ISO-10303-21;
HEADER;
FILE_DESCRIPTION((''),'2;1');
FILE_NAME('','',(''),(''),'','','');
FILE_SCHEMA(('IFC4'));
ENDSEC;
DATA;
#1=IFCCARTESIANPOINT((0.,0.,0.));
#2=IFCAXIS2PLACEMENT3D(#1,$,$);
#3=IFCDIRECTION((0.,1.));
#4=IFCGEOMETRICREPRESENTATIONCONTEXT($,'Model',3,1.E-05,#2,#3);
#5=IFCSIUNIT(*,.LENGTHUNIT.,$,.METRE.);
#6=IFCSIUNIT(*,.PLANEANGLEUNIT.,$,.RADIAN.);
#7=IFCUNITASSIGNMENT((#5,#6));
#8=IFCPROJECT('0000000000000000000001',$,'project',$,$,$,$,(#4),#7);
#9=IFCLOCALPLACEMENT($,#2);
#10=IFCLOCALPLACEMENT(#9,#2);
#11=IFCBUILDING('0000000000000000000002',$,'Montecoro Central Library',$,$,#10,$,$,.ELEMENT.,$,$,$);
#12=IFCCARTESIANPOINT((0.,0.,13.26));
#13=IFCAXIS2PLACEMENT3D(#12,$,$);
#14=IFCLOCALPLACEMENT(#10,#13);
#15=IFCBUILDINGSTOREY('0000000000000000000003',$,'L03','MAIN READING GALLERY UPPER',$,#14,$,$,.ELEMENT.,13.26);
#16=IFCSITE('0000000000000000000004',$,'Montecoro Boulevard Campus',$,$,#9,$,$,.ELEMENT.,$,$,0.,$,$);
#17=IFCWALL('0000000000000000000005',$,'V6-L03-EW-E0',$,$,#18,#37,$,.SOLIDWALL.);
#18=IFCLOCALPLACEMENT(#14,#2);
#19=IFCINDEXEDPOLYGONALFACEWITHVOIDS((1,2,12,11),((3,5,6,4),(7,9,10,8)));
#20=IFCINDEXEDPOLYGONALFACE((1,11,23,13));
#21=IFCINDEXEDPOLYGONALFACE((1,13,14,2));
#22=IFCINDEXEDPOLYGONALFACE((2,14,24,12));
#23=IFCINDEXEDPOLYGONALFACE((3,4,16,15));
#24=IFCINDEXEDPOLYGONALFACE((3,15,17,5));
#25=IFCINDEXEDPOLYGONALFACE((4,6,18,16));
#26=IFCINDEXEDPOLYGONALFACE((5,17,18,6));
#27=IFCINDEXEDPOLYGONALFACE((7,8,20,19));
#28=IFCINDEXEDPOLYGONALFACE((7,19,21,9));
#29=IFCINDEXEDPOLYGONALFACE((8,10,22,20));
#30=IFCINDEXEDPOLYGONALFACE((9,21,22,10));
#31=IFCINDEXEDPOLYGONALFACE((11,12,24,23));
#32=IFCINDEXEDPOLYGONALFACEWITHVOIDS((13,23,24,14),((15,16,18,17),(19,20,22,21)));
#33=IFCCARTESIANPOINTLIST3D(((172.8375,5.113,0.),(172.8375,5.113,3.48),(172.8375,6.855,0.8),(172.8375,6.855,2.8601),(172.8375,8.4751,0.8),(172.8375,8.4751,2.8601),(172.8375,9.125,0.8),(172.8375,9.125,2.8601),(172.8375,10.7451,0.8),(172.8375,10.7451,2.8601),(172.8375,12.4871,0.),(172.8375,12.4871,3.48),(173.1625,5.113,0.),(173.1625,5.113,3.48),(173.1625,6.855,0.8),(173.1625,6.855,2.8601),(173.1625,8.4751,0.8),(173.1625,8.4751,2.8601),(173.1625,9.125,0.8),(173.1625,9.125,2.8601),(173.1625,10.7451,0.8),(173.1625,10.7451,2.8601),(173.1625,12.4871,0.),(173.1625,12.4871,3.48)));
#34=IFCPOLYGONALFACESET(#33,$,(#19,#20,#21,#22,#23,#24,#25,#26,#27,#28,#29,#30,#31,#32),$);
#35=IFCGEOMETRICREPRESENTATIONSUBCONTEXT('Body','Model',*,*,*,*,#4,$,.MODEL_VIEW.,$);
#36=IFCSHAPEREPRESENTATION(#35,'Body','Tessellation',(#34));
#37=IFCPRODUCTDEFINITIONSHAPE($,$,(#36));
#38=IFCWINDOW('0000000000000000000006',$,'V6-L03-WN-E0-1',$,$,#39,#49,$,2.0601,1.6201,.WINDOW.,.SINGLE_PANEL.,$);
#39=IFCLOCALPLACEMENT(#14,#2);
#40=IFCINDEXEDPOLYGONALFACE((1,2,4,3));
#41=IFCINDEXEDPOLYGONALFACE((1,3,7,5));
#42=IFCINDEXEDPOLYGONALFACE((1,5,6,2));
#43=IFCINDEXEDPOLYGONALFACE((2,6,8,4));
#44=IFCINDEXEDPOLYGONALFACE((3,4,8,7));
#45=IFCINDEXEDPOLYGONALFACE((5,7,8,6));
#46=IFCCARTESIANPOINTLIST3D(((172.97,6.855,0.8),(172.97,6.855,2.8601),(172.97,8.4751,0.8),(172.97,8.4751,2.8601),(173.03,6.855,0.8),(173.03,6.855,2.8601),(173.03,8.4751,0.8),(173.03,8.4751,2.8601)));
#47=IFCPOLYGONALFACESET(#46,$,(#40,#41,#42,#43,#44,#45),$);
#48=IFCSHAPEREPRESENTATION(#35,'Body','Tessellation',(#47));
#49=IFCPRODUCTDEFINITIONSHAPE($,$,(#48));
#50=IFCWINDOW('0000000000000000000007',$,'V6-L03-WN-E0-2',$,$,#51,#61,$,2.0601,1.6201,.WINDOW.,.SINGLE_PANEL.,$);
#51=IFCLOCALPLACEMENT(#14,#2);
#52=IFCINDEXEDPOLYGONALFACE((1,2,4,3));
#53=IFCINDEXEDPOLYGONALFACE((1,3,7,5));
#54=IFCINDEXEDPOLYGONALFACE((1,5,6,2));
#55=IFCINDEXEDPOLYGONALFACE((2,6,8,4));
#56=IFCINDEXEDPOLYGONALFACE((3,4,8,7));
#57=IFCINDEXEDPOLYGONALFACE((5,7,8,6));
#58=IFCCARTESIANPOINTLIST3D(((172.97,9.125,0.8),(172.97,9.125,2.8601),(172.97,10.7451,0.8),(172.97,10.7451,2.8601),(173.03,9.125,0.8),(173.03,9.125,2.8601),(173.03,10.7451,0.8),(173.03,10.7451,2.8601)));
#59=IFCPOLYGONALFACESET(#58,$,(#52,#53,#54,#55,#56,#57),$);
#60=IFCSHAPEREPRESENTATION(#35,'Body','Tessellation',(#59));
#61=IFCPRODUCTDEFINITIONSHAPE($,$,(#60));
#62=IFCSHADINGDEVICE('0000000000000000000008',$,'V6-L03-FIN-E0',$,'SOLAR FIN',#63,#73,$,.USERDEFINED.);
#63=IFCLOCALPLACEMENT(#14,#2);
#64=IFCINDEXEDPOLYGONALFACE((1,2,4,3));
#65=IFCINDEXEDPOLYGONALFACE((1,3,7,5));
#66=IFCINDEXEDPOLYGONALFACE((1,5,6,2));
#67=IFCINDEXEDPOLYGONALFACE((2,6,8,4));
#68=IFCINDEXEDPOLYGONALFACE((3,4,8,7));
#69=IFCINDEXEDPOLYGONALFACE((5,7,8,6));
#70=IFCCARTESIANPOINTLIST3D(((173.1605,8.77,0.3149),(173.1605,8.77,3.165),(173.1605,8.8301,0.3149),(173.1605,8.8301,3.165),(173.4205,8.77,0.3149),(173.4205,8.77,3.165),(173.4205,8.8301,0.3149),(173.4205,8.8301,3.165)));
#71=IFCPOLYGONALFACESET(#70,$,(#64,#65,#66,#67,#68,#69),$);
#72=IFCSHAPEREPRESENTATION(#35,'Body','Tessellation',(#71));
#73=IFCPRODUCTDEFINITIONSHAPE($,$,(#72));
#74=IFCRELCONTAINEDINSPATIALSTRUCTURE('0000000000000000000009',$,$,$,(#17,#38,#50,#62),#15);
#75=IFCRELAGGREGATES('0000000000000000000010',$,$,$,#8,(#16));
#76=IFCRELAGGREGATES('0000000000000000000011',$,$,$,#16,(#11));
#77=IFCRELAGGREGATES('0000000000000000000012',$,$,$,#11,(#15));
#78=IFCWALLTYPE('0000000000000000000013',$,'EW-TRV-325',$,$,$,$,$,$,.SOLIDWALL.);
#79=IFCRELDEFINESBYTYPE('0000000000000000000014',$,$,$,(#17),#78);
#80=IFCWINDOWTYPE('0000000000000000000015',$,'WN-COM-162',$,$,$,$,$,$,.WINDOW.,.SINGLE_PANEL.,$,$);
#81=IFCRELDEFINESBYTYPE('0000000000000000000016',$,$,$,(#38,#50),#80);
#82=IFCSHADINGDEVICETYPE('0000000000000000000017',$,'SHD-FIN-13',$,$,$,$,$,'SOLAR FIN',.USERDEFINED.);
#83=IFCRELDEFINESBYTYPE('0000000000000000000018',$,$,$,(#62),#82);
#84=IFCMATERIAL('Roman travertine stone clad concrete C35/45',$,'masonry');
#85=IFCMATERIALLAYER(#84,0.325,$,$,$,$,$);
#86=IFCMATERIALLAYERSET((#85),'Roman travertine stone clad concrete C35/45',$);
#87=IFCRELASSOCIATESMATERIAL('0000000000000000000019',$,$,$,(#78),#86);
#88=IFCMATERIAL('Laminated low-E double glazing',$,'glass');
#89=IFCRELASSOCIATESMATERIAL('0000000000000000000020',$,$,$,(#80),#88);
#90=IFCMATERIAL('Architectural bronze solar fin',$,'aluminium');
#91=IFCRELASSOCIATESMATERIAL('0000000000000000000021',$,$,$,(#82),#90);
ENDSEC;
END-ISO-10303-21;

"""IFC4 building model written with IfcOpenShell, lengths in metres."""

from ifc_helpers import new_model, si_unit, direction, frame, frame_2d, origin, origin_2d, place, context, subcontext, project, spatial, rectangle, extrude, material, layer, layer_set, type_object, element, fill, save


model = new_model("IFC4")

# Units and contexts
model_context = context("Model", 3, precision=1e-05, world=origin(), true_north=direction((0.0, 1.0)))
body_context = subcontext(model_context, "Body", "Model", "MODEL_VIEW")
ifc_project = project(units=[si_unit("LENGTHUNIT", "METRE"), si_unit("PLANEANGLEUNIT", "RADIAN")], contexts=[model_context])

# Site, building, storey
site_placement = place(None, origin())
site = spatial("IfcSite", under=ifc_project, at=site_placement, Name="Montecoro Boulevard Campus", CompositionType="ELEMENT", RefElevation=0.0)
building_placement = place(site_placement, origin())
building = spatial("IfcBuilding", under=site, at=building_placement, Name="Montecoro Central Library", CompositionType="ELEMENT")
storey_placement = place(building_placement, frame((0.0, 0.0, 13.26)))
storey = spatial("IfcBuildingStorey", under=building, at=storey_placement, Name="L03", Description="MAIN READING GALLERY UPPER", CompositionType="ELEMENT", Elevation=13.26)

# Shared definitions
ifc_material_1 = material(Name="Laminated low-E double glazing", Category="glass")

# Wall, openings, windows
ifc_material_2 = material(Name="Roman travertine stone clad concrete C35/45", Category="masonry")
ifc_layer_1 = layer(ifc_material_2, 0.325)
ifc_layer_set_1 = layer_set([ifc_layer_1], Name="Roman travertine stone clad concrete C35/45")
wall_type = type_object("IfcWallType", Name="EW-TRV-325", PredefinedType="SOLIDWALL", material=ifc_layer_set_1)
wall_placement = place(storey_placement, frame((173.0, 5.113, 0.0), z_axis=(0.0, 0.0, 1.0), x_axis=(0.0, 1.0, 0.0)))
wall = element("IfcWall", 1, at=wall_placement, inside=storey, type_object=wall_type, Name="V6-L03-EW-E0", PredefinedType="SOLIDWALL", context=body_context, shape_type="SweptSolid", body=[
    extrude(rectangle(XDim=7.374, YDim=0.325, at=frame_2d((3.687, 0.0))), origin(), (0.0, 0.0, 1.0), 3.48),
])
opening_1_placement = place(wall_placement, frame((1.7419, 0.0, 0.8)))
opening_1 = element("IfcOpeningElement", 2, at=opening_1_placement, cuts=wall, PredefinedType="OPENING", context=body_context, shape_type="SweptSolid", body=[
    extrude(rectangle(XDim=1.6201, YDim=2.0601, at=frame_2d((0.8101, 1.03))), frame((0.0, 0.1724, 0.0), z_axis=(0.0, -1.0, 0.0), x_axis=(1.0, 0.0, 0.0)), (0.0, 0.0, 1.0), 0.345),
])
opening_2_placement = place(wall_placement, frame((4.012, 0.0, 0.8)))
opening_2 = element("IfcOpeningElement", 3, at=opening_2_placement, cuts=wall, PredefinedType="OPENING", context=body_context, shape_type="SweptSolid", body=[
    extrude(rectangle(XDim=1.6201, YDim=2.0601, at=frame_2d((0.8101, 1.03))), frame((0.0, 0.1724, 0.0), z_axis=(0.0, -1.0, 0.0), x_axis=(1.0, 0.0, 0.0)), (0.0, 0.0, 1.0), 0.345),
])
window_type = type_object("IfcWindowType", Name="WN-COM-162", PartitioningType="SINGLE_PANEL", PredefinedType="WINDOW", material=ifc_material_1)
window_1_placement = place(opening_1_placement, origin())
window_1 = element("IfcWindow", 4, at=window_1_placement, inside=storey, type_object=window_type, Name="V6-L03-WN-E0-1", OverallHeight=2.0601, OverallWidth=1.6201, PartitioningType="SINGLE_PANEL", PredefinedType="WINDOW", context=body_context, shape_type="SweptSolid", body=[
    extrude(rectangle(XDim=1.6201, YDim=2.0601, at=frame_2d((0.8101, 1.03))), frame((0.0, 0.03, 0.0), z_axis=(0.0, -1.0, 0.0), x_axis=(1.0, 0.0, 0.0)), (0.0, 0.0, 1.0), 0.0601),
])
fill(opening_1, window_1)
window_2_placement = place(opening_2_placement, origin())
window_2 = element("IfcWindow", 5, at=window_2_placement, inside=storey, type_object=window_type, Name="V6-L03-WN-E0-2", OverallHeight=2.0601, OverallWidth=1.6201, PartitioningType="SINGLE_PANEL", PredefinedType="WINDOW", context=body_context, shape_type="SweptSolid", body=[
    extrude(rectangle(XDim=1.6201, YDim=2.0601, at=frame_2d((0.8101, 1.03))), frame((0.0, 0.03, 0.0), z_axis=(0.0, -1.0, 0.0), x_axis=(1.0, 0.0, 0.0)), (0.0, 0.0, 1.0), 0.0601),
])
fill(opening_2, window_2)

# Shading device
ifc_material_3 = material(Name="Architectural bronze solar fin", Category="aluminium")
shading_device_type = type_object("IfcShadingDeviceType", Name="SHD-FIN-13", ElementType="SOLAR FIN", PredefinedType="USERDEFINED", material=ifc_material_3)
shading_device_placement = place(storey_placement, frame((173.2905, 8.8, 0.3149), z_axis=(0.0, 0.0, 1.0), x_axis=(0.0, 1.0, 0.0)))
element("IfcShadingDevice", 6, at=shading_device_placement, inside=storey, type_object=shading_device_type, Name="V6-L03-FIN-E0", ObjectType="SOLAR FIN", PredefinedType="USERDEFINED", context=body_context, shape_type="SweptSolid", body=[
    extrude(rectangle(XDim=0.0601, YDim=0.26, at=origin_2d()), origin(), (0.0, 0.0, 1.0), 2.8501),
])

save(model, "model.ifc")
